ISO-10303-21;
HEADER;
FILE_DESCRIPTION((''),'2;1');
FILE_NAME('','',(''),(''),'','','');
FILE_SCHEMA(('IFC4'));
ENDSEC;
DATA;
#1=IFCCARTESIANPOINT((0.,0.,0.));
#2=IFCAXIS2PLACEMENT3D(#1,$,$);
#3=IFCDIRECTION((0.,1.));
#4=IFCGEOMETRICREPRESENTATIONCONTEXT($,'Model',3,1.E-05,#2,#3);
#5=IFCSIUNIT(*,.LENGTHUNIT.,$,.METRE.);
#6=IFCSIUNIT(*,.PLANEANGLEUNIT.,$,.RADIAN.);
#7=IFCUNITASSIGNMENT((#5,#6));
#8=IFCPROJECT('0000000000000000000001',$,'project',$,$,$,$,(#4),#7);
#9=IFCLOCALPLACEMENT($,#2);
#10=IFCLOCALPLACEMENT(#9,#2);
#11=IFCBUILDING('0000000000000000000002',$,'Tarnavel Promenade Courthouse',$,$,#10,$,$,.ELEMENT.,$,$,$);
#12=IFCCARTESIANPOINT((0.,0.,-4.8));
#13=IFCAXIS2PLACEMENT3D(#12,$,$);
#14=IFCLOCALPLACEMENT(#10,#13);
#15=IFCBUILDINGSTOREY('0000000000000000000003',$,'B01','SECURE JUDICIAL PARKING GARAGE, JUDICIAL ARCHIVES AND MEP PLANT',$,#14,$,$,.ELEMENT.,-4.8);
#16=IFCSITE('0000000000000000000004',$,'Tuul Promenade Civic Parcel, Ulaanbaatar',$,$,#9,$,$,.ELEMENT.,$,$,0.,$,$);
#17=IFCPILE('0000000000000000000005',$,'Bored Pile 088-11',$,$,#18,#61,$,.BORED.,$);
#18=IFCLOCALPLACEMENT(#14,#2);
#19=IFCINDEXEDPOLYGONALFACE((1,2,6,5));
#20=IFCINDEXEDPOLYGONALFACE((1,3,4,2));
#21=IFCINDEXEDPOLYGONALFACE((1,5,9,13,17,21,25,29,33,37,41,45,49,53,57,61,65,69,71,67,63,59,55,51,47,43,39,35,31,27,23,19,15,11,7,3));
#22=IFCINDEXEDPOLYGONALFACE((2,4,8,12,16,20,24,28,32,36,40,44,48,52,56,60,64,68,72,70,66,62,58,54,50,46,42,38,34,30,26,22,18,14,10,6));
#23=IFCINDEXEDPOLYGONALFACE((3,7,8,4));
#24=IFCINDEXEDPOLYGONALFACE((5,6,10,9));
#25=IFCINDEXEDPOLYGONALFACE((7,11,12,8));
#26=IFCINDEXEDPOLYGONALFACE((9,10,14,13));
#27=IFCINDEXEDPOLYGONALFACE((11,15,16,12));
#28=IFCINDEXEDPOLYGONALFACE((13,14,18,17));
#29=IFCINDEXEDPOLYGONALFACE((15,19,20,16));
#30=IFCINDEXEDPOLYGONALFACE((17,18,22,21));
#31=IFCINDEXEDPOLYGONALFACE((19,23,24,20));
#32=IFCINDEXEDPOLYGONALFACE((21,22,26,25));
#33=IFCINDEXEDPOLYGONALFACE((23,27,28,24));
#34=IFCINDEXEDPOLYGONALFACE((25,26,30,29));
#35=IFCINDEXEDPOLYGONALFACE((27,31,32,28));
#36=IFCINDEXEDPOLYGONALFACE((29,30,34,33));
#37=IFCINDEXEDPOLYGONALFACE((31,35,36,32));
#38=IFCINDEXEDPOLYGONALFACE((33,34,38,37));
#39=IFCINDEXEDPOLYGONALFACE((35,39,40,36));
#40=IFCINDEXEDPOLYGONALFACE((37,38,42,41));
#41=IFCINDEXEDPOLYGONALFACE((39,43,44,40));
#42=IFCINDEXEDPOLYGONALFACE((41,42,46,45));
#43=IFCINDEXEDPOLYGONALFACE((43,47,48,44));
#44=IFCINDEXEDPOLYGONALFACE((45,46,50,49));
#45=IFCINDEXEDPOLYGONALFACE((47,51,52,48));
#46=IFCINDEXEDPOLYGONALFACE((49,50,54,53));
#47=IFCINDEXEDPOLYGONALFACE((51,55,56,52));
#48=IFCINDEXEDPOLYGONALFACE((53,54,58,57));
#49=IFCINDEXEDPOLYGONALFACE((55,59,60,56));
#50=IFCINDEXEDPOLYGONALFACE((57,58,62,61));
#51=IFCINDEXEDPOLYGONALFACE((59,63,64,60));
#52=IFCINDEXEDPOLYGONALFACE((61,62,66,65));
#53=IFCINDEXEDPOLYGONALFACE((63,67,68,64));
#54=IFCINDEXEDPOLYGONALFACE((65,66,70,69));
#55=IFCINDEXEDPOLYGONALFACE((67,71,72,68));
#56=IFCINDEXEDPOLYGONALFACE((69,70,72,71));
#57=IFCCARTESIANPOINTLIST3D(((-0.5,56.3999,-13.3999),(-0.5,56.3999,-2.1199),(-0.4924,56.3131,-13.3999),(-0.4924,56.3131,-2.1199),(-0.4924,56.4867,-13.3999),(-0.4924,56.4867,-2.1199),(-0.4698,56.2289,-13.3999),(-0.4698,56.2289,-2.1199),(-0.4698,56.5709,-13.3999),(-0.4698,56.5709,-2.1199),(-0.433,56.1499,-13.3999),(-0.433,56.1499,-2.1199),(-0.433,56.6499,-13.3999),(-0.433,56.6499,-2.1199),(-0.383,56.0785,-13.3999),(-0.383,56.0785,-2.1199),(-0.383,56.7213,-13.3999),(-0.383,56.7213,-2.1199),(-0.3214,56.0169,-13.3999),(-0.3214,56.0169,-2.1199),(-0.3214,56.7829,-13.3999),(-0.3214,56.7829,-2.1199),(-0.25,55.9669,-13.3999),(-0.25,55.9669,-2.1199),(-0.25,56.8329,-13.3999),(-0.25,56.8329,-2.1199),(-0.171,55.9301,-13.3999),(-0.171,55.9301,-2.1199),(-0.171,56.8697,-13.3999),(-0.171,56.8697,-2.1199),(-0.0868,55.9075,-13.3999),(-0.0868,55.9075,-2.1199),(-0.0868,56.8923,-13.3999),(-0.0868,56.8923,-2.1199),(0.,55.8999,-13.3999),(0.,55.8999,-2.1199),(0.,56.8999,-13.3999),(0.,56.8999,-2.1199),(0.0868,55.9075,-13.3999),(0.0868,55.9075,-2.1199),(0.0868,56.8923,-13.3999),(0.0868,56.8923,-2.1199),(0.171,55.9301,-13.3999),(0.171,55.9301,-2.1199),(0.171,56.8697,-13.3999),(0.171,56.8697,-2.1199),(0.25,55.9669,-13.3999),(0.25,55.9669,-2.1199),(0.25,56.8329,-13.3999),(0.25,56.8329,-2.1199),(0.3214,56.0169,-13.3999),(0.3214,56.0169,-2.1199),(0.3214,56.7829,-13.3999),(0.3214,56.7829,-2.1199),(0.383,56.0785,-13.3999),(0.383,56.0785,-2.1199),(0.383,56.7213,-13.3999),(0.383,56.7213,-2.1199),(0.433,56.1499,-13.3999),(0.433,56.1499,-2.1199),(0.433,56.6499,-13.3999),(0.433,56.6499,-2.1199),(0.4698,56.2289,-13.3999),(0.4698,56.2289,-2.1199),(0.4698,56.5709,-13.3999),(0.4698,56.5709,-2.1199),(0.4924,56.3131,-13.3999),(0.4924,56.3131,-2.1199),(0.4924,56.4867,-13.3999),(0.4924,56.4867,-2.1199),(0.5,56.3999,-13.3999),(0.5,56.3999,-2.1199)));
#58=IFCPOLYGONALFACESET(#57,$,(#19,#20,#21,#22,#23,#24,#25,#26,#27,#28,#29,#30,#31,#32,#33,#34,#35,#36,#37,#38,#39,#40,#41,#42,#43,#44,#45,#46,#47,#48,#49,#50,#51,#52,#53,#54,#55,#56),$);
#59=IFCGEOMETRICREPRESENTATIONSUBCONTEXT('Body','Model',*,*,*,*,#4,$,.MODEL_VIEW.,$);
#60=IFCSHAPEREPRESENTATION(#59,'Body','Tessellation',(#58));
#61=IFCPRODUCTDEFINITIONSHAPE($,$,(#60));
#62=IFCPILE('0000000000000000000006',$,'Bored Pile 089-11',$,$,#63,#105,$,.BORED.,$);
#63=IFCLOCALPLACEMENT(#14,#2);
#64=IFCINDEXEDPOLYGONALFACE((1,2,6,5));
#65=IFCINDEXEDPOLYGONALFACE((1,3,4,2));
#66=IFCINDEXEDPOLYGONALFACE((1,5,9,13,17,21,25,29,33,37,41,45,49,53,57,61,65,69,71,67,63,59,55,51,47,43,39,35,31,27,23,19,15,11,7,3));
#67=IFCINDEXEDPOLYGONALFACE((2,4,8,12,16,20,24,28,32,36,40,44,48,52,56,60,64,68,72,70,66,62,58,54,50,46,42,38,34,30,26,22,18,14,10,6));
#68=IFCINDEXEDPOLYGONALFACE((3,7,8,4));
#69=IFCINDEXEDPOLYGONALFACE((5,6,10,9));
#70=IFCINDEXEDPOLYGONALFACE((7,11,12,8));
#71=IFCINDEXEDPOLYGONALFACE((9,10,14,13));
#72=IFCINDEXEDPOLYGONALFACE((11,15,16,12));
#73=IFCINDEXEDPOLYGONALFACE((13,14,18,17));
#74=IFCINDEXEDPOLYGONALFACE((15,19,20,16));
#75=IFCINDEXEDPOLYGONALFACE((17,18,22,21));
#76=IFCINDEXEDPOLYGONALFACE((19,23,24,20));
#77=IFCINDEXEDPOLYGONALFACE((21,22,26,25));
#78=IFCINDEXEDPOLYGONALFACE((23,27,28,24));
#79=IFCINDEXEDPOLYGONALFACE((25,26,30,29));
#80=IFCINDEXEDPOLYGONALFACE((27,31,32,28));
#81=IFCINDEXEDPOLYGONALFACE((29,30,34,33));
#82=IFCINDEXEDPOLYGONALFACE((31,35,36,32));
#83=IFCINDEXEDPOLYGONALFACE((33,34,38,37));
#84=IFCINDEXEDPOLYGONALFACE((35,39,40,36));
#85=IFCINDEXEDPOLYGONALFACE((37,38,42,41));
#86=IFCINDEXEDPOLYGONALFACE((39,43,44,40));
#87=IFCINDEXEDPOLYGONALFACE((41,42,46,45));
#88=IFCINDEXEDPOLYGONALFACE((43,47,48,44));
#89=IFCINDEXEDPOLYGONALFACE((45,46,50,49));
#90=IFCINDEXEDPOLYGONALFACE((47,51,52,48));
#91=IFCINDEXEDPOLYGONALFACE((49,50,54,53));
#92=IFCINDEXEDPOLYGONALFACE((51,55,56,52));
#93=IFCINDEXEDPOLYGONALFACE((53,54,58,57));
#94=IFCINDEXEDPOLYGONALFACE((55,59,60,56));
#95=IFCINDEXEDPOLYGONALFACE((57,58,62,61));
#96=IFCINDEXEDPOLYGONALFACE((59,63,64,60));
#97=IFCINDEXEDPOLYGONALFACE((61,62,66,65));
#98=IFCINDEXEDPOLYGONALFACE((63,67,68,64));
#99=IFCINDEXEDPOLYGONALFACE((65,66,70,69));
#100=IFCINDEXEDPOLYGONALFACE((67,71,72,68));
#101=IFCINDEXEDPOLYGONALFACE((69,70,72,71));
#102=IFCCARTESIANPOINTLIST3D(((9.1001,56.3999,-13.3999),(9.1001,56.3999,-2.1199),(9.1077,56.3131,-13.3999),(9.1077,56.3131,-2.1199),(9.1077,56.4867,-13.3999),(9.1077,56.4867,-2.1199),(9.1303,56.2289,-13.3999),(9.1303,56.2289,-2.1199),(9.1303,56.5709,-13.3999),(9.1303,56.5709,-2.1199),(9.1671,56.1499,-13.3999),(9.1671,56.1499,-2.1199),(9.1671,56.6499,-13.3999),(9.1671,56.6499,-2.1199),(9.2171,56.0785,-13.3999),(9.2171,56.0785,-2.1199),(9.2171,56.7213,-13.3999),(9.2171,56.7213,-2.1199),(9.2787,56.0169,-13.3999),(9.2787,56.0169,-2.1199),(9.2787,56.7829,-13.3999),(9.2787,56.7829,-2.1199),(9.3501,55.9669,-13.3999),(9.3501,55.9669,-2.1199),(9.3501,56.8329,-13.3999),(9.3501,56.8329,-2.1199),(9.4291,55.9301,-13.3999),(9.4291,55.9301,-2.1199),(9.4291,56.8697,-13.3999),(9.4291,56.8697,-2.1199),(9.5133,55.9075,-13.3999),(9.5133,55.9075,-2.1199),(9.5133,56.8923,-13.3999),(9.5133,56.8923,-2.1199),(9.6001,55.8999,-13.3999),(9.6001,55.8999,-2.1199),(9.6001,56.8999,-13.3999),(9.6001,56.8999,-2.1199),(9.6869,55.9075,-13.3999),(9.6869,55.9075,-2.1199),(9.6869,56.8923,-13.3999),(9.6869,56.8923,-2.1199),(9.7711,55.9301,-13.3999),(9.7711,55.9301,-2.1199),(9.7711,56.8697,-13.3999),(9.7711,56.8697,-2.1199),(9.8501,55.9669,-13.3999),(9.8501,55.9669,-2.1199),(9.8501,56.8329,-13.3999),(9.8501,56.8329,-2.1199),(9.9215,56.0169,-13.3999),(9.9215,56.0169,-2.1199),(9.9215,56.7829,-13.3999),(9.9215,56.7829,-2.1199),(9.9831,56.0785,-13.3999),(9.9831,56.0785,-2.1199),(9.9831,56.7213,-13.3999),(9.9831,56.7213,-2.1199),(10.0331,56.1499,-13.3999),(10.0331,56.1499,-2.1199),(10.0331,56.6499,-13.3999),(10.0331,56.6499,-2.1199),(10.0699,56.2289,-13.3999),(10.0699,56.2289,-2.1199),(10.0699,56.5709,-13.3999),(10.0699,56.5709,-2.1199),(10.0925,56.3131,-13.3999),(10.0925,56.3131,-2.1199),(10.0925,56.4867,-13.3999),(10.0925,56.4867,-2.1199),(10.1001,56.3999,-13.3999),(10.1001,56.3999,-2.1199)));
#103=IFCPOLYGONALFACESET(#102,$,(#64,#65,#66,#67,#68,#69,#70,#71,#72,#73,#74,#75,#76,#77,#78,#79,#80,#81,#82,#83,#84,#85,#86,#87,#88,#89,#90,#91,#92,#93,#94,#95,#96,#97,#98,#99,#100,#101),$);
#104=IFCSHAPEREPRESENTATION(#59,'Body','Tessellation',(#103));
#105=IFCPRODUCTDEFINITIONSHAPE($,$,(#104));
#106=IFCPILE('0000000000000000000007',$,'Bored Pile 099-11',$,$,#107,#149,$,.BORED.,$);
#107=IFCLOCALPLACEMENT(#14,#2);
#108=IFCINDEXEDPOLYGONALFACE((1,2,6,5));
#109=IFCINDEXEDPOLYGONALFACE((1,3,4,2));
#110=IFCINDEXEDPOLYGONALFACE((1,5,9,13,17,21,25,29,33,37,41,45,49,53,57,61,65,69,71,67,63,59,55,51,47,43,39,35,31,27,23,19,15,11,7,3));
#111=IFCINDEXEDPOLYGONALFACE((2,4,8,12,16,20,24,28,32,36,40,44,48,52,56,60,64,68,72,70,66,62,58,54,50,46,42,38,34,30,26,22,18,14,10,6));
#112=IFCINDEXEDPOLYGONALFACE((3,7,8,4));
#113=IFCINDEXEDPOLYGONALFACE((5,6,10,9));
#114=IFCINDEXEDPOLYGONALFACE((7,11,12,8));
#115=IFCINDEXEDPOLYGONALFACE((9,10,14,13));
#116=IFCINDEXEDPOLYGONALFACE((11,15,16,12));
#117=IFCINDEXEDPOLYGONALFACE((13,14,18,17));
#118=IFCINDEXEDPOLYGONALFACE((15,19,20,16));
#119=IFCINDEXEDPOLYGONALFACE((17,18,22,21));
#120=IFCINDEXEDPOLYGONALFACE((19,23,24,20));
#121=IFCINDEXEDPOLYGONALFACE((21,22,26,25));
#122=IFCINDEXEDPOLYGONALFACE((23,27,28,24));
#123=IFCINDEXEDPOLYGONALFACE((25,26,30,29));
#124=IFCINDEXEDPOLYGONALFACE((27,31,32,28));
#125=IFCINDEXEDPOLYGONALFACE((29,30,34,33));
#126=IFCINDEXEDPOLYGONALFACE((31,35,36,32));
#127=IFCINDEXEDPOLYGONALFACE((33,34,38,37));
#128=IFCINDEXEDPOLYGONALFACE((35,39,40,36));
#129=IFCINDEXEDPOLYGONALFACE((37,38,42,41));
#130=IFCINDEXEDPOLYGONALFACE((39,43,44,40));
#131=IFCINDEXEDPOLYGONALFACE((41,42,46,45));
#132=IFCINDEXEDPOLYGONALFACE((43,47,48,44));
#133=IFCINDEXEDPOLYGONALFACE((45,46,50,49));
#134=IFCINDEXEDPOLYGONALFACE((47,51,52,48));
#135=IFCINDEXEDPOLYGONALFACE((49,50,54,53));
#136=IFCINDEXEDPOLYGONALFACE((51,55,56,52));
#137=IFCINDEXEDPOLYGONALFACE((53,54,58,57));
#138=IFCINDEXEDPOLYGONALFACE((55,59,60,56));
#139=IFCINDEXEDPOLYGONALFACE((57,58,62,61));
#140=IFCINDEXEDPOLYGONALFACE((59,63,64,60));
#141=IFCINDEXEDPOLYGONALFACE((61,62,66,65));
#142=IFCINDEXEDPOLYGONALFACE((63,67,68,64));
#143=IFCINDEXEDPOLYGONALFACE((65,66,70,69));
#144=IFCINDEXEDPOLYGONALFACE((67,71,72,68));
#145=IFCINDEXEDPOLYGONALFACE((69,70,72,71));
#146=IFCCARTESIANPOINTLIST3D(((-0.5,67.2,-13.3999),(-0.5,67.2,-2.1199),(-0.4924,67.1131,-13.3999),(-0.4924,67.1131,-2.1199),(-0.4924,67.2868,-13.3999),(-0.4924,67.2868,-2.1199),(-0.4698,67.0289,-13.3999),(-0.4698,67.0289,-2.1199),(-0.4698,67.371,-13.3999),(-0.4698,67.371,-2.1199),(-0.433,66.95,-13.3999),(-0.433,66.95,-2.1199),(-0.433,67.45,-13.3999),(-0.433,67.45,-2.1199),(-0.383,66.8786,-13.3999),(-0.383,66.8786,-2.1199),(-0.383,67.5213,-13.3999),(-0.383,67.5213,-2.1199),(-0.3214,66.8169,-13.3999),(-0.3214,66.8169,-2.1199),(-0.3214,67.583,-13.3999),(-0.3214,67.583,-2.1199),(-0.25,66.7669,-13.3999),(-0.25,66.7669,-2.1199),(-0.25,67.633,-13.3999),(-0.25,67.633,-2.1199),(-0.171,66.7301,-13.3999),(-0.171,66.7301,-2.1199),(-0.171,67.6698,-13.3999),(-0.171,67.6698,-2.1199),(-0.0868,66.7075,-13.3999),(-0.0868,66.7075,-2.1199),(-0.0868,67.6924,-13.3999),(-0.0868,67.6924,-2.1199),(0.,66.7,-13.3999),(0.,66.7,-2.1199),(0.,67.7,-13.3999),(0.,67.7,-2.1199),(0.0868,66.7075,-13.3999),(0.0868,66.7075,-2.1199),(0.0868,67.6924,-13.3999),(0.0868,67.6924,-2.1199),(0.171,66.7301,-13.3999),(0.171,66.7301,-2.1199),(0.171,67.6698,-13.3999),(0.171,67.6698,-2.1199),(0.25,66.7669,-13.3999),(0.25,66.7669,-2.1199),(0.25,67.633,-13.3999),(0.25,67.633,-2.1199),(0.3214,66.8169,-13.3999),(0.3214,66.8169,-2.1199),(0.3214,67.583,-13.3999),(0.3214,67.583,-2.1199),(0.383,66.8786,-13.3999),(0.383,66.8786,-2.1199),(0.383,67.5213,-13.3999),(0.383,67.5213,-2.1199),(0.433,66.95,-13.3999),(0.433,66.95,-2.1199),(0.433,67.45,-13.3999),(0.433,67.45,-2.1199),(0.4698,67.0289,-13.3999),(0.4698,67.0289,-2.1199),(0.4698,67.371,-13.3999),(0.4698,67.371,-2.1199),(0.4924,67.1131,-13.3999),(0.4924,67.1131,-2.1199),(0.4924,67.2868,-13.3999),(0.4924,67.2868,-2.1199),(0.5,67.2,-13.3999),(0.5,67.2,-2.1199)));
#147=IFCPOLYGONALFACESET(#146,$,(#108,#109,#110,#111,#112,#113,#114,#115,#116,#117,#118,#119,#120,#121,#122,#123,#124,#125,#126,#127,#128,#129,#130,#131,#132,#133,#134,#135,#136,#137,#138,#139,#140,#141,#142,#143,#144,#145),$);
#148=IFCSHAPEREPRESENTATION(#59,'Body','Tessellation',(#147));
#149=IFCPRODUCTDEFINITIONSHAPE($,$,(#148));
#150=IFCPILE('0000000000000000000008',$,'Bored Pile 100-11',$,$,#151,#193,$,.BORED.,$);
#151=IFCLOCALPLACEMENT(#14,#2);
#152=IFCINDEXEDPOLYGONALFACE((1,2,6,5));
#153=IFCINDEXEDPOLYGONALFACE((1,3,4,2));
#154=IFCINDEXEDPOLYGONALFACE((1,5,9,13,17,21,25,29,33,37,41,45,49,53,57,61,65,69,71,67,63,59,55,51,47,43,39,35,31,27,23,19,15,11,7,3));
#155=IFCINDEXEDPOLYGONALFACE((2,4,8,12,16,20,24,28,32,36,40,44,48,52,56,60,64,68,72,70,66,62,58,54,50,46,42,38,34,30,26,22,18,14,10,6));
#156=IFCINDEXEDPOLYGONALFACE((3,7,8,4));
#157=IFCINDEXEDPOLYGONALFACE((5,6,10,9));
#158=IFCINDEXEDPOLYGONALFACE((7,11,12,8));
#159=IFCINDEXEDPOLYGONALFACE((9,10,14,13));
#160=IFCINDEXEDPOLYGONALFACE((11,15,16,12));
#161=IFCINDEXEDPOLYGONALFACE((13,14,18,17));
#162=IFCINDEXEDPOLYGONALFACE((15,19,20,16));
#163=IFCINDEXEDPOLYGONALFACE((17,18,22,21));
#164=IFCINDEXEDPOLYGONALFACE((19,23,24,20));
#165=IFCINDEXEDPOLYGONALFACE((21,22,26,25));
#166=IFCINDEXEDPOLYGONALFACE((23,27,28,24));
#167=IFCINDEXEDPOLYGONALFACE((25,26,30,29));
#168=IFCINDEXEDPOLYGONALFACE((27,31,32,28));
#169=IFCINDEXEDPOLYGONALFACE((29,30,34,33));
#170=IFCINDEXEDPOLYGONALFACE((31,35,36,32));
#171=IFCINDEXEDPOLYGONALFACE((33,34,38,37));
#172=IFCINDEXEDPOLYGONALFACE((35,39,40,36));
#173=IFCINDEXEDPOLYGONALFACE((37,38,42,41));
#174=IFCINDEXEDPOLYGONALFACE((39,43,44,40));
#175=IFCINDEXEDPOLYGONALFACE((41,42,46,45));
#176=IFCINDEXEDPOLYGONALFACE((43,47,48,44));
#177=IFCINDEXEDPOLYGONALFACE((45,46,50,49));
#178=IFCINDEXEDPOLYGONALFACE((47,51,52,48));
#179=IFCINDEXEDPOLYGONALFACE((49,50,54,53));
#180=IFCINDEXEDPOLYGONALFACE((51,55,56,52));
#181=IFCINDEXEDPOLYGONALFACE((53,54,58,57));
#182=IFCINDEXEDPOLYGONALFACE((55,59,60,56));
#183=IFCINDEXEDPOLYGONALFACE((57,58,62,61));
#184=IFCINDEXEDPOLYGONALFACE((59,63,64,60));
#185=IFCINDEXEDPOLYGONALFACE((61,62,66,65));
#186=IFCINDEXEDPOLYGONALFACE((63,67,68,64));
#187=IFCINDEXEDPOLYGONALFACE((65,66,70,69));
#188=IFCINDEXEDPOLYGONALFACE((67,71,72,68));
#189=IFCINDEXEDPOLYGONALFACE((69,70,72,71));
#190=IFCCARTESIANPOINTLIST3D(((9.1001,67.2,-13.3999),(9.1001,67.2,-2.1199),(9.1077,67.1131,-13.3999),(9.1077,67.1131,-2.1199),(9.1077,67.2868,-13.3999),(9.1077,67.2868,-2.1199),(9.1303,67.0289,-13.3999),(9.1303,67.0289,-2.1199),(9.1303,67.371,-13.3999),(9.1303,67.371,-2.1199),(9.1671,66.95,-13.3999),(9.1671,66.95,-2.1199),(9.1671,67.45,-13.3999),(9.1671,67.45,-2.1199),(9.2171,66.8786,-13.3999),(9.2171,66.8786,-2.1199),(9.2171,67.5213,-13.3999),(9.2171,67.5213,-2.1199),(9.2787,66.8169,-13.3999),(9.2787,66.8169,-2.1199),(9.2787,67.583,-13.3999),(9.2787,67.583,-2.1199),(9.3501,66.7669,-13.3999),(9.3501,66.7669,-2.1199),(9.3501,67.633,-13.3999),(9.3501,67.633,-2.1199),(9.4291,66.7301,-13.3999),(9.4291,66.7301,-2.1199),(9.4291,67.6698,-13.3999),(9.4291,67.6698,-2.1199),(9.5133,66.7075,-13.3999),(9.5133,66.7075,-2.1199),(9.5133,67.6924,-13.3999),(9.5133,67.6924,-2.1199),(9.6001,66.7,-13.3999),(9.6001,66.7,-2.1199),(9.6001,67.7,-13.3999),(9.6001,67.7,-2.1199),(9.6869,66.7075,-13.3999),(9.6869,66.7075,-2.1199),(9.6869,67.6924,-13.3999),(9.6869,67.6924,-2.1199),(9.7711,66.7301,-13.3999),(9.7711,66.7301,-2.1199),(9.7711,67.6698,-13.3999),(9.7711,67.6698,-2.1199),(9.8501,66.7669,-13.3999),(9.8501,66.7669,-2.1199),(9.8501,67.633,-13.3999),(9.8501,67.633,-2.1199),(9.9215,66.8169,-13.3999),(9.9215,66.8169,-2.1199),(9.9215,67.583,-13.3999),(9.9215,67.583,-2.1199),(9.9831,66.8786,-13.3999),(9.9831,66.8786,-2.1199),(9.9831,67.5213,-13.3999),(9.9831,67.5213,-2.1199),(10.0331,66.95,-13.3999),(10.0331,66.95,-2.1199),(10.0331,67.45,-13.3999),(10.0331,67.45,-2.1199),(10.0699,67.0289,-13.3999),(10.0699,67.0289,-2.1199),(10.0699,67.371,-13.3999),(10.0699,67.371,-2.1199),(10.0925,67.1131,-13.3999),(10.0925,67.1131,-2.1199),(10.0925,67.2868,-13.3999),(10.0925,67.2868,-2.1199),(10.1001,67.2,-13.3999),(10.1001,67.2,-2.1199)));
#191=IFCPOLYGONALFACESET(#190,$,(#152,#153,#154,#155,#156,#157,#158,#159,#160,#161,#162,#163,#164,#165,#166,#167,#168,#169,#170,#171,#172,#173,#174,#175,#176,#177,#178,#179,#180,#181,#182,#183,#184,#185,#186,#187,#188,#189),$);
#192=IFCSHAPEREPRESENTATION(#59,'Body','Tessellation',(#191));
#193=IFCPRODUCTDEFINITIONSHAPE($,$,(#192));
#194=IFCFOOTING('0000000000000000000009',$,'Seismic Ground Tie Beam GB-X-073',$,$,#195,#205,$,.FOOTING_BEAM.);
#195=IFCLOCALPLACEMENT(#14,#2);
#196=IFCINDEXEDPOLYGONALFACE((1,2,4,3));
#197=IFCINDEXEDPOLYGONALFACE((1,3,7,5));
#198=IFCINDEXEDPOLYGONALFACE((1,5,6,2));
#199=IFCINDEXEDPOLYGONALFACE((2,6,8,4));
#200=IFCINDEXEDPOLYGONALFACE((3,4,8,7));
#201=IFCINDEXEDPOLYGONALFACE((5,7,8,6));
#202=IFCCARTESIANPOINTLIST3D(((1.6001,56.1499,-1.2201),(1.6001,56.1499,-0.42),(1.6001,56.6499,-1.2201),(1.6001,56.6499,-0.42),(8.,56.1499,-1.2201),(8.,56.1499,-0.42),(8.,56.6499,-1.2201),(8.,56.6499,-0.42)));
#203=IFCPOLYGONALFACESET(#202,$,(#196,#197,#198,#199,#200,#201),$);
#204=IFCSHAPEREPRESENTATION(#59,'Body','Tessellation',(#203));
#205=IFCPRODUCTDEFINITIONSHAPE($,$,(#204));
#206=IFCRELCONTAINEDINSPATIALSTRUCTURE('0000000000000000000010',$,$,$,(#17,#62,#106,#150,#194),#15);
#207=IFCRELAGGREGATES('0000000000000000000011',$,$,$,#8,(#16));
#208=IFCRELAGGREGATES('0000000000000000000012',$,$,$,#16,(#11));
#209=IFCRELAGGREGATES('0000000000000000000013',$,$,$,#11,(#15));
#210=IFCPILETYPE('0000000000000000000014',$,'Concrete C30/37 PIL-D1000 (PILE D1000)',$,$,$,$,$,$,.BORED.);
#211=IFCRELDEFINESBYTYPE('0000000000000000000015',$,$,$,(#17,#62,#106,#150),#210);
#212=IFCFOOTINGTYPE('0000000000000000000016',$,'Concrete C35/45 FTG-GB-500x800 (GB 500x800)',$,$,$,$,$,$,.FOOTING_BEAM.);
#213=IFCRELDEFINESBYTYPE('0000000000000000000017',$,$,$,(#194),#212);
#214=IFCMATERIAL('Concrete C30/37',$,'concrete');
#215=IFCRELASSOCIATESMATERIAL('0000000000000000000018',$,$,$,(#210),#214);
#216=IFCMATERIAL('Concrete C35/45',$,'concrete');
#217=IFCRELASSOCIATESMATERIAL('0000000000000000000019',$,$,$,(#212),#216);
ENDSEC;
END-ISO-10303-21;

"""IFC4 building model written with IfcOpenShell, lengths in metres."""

from ifc_helpers import new_model, si_unit, direction, frame, origin, origin_2d, place, context, subcontext, project, spatial, rectangle, circle, extrude, material, material_profile, profile_set, type_object, element, save


model = new_model("IFC4")

# Units and contexts
model_context = context("Model", 3, precision=1e-05, world=origin(), true_north=direction((0.0, 1.0)))
body_context = subcontext(model_context, "Body", "Model", "MODEL_VIEW")
ifc_project = project(units=[si_unit("LENGTHUNIT", "METRE"), si_unit("PLANEANGLEUNIT", "RADIAN")], contexts=[model_context])

# Site, building, storey
site_placement = place(None, origin())
site = spatial("IfcSite", under=ifc_project, at=site_placement, Name="Tuul Promenade Civic Parcel, Ulaanbaatar", CompositionType="ELEMENT", RefElevation=0.0)
building_placement = place(site_placement, origin())
building = spatial("IfcBuilding", under=site, at=building_placement, Name="Tarnavel Promenade Courthouse", CompositionType="ELEMENT")
storey_placement = place(building_placement, frame((0.0, 0.0, -4.8)))
storey = spatial("IfcBuildingStorey", under=building, at=storey_placement, Name="B01", Description="SECURE JUDICIAL PARKING GARAGE, JUDICIAL ARCHIVES AND MEP PLANT", CompositionType="ELEMENT", Elevation=-4.8)

# Piles
ifc_material_1 = material(Name="Concrete C30/37", Category="concrete")
ifc_material_profile_1 = material_profile(ifc_material_1, circle(Radius=0.5, at=origin_2d()), Name="PILE D1000")
ifc_profile_set_1 = profile_set([ifc_material_profile_1], Name="Concrete C30/37")
pile_type = type_object("IfcPileType", Name="Concrete C30/37 PIL-D1000 (PILE D1000)", PredefinedType="BORED", material=ifc_profile_set_1)
for number, where, z_axis, x_axis, name in (
    (1, (0.0, 56.3999, -2.1199), (0.0, 0.0, -1.0), (1.0, 0.0, 0.0), "Bored Pile 088-11"),
    (2, (9.6001, 56.3999, -2.1199), (0.0, 0.0, -1.0), (1.0, 0.0, 0.0), "Bored Pile 089-11"),
    (3, (0.0, 67.2, -2.1199), (0.0, 0.0, -1.0), (1.0, 0.0, 0.0), "Bored Pile 099-11"),
    (4, (9.6001, 67.2, -2.1199), (0.0, 0.0, -1.0), (1.0, 0.0, 0.0), "Bored Pile 100-11"),
):
    element("IfcPile", number, at=place(storey_placement, frame(where, z_axis=z_axis, x_axis=x_axis)), inside=storey, type_object=pile_type, Name=name, PredefinedType="BORED", context=body_context, shape_type="SweptSolid", body=[
        extrude(circle(Radius=0.5, at=origin_2d()), origin(), (0.0, 0.0, 1.0), 11.28),
    ])

# Footing
ifc_material_2 = material(Name="Concrete C35/45", Category="concrete")
ifc_material_profile_2 = material_profile(ifc_material_2, rectangle(XDim=0.5, YDim=0.8, at=origin_2d()), Name="GB 500x800")
ifc_profile_set_2 = profile_set([ifc_material_profile_2], Name="Concrete C35/45")
footing_type_1 = type_object("IfcFootingType", Name="Concrete C35/45 FTG-GB-500x800 (GB 500x800)", PredefinedType="FOOTING_BEAM", material=ifc_profile_set_2)
for number, where, z_axis, x_axis, name in (
    (5, (1.6001, 56.3999, -0.8201), (1.0, 0.0, 0.0), (0.0, 1.0, 0.0), "Seismic Ground Tie Beam GB-X-073"),
):
    element("IfcFooting", number, at=place(storey_placement, frame(where, z_axis=z_axis, x_axis=x_axis)), inside=storey, type_object=footing_type_1, Name=name, PredefinedType="FOOTING_BEAM", context=body_context, shape_type="SweptSolid", body=[
        extrude(rectangle(XDim=0.5, YDim=0.8, at=origin_2d()), origin(), (0.0, 0.0, 1.0), 6.3999),
    ])

save(model, "model.ifc")
